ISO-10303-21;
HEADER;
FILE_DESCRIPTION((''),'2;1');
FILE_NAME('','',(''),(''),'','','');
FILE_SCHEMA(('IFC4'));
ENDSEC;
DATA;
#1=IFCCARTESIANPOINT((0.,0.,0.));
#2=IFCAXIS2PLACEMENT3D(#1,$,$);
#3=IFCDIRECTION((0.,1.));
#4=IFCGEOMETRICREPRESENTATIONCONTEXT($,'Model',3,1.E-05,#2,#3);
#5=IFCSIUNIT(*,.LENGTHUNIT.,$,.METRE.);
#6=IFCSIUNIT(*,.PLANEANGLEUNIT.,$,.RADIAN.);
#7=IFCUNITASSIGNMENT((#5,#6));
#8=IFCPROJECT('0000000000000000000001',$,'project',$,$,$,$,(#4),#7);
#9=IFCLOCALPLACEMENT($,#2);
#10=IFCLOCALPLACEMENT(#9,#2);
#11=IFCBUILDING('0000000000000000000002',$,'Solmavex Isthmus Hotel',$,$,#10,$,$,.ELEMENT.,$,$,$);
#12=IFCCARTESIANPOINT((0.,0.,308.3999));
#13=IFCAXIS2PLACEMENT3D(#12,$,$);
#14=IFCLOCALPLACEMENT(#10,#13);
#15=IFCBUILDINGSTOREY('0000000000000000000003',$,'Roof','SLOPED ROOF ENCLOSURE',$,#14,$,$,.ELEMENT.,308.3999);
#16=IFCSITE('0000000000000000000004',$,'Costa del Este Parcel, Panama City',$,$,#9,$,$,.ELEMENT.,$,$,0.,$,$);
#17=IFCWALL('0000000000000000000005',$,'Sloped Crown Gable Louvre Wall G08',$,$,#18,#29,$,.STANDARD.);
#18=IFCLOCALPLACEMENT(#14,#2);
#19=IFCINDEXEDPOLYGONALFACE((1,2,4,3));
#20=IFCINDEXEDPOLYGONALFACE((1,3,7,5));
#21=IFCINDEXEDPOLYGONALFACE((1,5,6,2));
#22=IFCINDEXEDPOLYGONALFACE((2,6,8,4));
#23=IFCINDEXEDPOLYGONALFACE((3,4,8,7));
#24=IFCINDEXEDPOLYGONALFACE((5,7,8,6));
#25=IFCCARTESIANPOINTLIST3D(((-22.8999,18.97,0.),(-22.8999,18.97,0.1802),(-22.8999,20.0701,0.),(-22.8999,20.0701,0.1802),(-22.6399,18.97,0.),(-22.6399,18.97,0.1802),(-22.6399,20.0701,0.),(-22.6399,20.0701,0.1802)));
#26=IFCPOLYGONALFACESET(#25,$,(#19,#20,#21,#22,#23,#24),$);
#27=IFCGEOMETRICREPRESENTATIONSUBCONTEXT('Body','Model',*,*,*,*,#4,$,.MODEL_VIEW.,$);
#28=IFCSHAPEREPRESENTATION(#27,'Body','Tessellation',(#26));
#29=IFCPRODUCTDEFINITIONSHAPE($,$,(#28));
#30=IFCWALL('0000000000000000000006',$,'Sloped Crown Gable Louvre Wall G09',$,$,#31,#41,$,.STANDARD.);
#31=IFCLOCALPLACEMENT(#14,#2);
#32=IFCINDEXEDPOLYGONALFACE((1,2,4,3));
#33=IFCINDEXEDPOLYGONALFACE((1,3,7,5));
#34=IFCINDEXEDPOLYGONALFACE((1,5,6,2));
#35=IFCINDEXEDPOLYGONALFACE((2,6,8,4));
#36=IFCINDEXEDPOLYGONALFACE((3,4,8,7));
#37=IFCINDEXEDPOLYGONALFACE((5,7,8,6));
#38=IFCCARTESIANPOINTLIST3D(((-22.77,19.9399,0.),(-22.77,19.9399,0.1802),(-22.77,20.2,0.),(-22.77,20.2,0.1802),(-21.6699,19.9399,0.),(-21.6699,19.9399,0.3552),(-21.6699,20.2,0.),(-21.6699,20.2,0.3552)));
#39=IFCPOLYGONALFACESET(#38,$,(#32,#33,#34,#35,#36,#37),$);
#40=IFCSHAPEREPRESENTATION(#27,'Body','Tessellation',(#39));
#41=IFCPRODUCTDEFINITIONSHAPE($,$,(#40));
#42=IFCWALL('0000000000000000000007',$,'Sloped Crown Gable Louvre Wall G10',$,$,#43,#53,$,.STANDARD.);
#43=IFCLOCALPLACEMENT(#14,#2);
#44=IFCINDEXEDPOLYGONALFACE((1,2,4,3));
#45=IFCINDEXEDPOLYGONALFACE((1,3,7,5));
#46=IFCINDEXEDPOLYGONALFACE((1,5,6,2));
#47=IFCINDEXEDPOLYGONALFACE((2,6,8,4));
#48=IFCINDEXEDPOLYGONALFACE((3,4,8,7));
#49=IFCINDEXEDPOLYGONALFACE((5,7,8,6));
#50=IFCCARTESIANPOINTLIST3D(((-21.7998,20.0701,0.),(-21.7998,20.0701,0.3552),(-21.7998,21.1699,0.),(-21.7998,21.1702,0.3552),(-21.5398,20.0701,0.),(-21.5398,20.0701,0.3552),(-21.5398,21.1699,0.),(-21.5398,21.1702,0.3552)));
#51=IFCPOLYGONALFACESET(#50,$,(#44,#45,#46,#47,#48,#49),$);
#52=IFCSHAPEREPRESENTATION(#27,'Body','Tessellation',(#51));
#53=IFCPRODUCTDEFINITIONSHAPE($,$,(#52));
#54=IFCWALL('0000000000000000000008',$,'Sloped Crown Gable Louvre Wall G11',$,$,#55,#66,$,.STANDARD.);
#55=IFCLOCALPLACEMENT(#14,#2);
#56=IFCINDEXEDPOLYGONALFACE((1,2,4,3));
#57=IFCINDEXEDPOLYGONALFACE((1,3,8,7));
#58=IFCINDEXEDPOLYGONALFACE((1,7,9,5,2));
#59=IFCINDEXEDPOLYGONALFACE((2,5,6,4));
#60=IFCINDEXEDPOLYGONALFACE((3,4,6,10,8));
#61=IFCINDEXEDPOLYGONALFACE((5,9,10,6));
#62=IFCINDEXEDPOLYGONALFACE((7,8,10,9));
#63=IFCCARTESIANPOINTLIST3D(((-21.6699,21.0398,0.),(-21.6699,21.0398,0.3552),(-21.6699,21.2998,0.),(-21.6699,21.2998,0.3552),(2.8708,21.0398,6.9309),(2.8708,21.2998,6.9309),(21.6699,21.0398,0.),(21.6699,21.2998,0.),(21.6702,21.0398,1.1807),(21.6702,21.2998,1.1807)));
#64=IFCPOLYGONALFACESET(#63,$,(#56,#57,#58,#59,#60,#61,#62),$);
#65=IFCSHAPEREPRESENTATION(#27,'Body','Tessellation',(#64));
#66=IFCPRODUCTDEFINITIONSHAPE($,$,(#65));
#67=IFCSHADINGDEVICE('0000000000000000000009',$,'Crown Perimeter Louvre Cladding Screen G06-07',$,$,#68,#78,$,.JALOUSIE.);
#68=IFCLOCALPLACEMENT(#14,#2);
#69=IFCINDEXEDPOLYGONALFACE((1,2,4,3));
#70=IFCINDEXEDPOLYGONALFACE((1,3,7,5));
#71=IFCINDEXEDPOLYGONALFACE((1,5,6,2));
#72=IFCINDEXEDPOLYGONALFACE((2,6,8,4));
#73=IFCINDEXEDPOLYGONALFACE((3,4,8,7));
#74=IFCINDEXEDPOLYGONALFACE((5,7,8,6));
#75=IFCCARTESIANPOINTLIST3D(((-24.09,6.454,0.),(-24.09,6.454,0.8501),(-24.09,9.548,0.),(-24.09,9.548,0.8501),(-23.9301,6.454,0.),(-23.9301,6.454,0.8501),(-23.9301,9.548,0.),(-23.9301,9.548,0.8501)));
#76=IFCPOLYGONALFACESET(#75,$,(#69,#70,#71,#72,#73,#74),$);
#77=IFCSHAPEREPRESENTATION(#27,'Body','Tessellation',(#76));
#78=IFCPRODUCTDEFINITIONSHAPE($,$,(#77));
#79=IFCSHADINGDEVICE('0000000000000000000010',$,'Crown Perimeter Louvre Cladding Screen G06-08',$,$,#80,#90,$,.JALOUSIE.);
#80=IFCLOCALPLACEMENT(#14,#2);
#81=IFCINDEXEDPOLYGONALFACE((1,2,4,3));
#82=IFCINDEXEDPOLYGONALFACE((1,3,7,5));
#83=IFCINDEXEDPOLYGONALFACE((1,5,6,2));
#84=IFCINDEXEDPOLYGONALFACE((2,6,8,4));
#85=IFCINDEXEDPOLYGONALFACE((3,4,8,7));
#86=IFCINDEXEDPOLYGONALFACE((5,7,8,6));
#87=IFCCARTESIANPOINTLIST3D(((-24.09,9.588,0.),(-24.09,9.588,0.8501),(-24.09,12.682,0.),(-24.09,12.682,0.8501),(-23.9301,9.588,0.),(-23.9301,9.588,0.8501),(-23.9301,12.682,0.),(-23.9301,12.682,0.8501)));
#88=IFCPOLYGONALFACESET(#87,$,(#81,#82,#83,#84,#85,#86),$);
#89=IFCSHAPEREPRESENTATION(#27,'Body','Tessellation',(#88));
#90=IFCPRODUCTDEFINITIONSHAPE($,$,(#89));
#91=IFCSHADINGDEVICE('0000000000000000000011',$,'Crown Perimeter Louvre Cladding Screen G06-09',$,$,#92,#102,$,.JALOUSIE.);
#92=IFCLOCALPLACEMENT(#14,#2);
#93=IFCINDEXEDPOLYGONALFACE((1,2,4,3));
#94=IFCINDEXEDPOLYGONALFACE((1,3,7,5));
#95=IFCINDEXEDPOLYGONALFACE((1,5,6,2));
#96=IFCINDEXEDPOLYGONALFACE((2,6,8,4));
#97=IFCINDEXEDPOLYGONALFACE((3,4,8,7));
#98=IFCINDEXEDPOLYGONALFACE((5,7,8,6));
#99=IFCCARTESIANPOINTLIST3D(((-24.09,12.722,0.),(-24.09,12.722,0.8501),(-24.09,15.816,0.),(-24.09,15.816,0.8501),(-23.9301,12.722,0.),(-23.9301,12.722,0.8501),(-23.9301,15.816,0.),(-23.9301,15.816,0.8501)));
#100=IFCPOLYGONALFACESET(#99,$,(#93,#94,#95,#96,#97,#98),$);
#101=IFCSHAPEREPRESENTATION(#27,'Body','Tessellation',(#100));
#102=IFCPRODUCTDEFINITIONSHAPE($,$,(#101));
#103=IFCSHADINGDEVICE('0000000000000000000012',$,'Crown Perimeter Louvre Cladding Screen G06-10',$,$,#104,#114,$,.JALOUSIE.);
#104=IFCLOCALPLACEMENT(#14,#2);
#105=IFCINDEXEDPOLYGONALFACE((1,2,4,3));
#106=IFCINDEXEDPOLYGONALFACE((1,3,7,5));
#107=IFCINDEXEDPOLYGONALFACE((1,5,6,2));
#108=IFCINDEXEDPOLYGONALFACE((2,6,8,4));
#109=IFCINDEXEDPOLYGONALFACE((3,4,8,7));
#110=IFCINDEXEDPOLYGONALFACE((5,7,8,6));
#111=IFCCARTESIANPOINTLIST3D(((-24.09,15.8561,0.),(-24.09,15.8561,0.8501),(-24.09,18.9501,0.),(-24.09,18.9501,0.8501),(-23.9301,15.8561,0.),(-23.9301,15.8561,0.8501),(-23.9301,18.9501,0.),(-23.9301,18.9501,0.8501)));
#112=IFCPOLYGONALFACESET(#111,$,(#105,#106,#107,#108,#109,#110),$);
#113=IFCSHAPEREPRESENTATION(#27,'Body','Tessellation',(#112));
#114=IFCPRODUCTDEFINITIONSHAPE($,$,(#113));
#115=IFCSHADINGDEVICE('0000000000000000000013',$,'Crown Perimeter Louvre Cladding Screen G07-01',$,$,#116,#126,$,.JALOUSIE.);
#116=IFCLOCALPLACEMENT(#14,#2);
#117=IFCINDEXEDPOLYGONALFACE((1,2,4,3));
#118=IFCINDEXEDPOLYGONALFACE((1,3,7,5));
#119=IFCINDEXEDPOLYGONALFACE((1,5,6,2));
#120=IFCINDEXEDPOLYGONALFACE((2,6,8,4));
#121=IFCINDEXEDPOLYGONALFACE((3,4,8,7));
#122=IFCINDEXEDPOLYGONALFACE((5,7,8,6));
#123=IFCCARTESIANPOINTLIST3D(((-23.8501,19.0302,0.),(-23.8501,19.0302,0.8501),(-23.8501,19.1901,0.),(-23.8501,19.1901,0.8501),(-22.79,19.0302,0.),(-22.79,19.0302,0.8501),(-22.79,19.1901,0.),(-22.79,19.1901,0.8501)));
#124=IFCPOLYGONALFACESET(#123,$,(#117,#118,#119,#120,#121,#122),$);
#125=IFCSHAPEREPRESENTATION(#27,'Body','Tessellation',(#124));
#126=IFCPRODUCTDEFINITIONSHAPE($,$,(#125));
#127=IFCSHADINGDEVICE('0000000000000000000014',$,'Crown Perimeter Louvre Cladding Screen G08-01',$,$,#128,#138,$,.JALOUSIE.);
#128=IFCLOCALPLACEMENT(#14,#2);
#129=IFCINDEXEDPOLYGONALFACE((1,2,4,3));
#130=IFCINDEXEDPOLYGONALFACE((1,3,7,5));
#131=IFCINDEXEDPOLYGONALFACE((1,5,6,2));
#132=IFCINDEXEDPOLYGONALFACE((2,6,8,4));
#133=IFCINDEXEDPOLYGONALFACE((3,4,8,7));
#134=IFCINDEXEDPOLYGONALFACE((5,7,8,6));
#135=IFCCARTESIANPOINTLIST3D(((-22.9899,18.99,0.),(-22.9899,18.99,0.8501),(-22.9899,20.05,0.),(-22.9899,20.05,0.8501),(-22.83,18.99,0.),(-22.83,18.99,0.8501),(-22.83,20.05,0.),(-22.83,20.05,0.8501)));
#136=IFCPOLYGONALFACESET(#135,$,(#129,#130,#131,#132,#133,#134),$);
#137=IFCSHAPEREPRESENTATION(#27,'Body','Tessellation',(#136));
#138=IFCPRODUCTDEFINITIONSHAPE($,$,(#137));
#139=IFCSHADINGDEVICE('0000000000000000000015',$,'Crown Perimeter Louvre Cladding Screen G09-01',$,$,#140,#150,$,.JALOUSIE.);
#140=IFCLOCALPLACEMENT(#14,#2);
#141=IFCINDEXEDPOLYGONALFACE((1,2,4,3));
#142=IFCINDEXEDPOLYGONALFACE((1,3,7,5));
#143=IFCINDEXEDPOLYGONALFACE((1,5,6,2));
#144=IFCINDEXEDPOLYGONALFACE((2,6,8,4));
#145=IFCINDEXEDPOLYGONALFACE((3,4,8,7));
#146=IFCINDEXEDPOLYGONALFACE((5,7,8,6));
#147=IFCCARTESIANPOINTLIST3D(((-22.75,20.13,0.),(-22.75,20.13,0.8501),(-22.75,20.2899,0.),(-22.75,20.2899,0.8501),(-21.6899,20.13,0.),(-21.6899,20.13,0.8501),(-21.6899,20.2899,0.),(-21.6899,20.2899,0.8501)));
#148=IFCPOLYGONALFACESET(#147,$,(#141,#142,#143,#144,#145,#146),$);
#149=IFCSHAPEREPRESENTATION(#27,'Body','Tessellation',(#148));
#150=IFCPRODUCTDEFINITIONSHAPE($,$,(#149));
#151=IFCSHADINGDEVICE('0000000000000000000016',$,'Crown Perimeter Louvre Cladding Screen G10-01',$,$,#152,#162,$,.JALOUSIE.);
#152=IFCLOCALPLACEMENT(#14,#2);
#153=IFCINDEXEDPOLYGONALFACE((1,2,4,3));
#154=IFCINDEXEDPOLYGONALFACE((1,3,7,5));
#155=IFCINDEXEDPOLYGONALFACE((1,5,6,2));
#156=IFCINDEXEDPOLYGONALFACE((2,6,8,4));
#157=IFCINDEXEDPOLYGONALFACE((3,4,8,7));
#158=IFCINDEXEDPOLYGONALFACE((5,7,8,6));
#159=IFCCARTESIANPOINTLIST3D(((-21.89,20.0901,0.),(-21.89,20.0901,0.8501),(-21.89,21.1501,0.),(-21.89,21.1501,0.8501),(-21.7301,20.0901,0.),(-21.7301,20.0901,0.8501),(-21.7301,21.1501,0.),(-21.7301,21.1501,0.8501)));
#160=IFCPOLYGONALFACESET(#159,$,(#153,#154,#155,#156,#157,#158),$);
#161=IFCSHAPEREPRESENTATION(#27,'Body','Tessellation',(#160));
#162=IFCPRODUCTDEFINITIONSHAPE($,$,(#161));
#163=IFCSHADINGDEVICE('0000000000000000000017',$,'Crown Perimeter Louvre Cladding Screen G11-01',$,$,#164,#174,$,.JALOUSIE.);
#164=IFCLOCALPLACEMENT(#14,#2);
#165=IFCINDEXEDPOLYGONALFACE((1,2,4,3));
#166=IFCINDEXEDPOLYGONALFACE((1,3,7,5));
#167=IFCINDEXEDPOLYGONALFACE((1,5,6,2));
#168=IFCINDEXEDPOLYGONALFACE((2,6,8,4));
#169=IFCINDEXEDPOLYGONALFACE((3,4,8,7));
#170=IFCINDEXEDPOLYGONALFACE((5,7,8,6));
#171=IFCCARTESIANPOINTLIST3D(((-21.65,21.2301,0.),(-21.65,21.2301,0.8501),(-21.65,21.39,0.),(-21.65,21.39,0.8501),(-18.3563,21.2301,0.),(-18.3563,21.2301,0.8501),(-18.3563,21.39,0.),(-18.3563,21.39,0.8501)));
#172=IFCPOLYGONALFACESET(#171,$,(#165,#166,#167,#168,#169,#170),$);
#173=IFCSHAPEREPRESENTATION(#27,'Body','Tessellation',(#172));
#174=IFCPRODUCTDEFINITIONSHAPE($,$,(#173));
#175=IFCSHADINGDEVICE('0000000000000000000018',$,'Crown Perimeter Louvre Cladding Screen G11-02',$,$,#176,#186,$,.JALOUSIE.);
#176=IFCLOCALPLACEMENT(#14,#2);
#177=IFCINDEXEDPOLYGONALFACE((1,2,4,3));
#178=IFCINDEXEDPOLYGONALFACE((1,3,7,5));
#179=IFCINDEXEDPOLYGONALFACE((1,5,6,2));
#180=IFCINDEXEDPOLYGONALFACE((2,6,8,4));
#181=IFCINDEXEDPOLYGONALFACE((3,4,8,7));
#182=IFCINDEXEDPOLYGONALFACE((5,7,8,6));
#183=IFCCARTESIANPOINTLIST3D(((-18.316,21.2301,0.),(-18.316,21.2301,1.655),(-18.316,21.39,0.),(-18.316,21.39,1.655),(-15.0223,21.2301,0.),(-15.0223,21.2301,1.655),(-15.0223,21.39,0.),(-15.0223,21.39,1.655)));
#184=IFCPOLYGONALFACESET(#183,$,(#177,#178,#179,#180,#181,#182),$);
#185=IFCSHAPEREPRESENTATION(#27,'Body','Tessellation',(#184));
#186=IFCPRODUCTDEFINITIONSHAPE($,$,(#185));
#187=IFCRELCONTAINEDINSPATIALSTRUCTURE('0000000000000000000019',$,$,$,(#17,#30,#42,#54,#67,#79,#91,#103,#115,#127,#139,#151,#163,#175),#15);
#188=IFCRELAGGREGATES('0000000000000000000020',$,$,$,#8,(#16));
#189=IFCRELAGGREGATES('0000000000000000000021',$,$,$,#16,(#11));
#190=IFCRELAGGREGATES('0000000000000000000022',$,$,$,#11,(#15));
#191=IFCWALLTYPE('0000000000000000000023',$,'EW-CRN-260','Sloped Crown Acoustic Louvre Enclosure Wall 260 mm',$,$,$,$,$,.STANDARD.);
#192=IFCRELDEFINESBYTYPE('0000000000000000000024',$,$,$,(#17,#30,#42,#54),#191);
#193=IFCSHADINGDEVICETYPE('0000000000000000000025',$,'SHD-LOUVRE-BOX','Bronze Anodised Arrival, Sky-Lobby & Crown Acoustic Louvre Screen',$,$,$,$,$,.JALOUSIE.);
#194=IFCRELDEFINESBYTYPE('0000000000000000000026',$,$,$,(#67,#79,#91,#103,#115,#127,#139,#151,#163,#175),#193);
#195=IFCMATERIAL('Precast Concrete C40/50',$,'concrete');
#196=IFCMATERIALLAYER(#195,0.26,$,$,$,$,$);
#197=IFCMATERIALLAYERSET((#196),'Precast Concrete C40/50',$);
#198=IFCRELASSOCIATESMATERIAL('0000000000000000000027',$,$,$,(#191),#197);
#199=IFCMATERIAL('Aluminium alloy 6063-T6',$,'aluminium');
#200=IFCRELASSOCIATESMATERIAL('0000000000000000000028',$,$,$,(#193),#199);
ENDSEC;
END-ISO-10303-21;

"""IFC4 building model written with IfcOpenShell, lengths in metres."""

from ifc_helpers import new_model, si_unit, direction, frame, origin, origin_2d, place, context, subcontext, project, spatial, polyline, rectangle, outline, extrude, material, layer, layer_set, type_object, element, save


model = new_model("IFC4")

# Units and contexts
model_context = context("Model", 3, precision=1e-05, world=origin(), true_north=direction((0.0, 1.0)))
body_context = subcontext(model_context, "Body", "Model", "MODEL_VIEW")
ifc_project = project(units=[si_unit("LENGTHUNIT", "METRE"), si_unit("PLANEANGLEUNIT", "RADIAN")], contexts=[model_context])

# Site, building, storey
site_placement = place(None, origin())
site = spatial("IfcSite", under=ifc_project, at=site_placement, Name="Costa del Este Parcel, Panama City", CompositionType="ELEMENT", RefElevation=0.0)
building_placement = place(site_placement, origin())
building = spatial("IfcBuilding", under=site, at=building_placement, Name="Solmavex Isthmus Hotel", CompositionType="ELEMENT")
storey_placement = place(building_placement, frame((0.0, 0.0, 308.3999)))
storey = spatial("IfcBuildingStorey", under=building, at=storey_placement, Name="Roof", Description="SLOPED ROOF ENCLOSURE", CompositionType="ELEMENT", Elevation=308.3999)

# Walls
ifc_material_1 = material(Name="Precast Concrete C40/50", Category="concrete")
ifc_layer_1 = layer(ifc_material_1, 0.26)
ifc_layer_set_1 = layer_set([ifc_layer_1], Name="Precast Concrete C40/50")
wall_type = type_object("IfcWallType", Name="EW-CRN-260", Description="Sloped Crown Acoustic Louvre Enclosure Wall 260 mm", PredefinedType="STANDARD", material=ifc_layer_set_1)
for number, where, z_axis, x_axis, name in (
    (1, (-22.77, 18.97, 0.0), (0.0, 0.0, 1.0), (0.0, 1.0, 0.0), "Sloped Crown Gable Louvre Wall G08"),
):
    element("IfcWall", number, at=place(storey_placement, frame(where, z_axis=z_axis, x_axis=x_axis)), inside=storey, type_object=wall_type, Name=name, PredefinedType="STANDARD", context=body_context, shape_type="SweptSolid", body=[
        extrude(outline(polyline([(0.0, 0.0), (1.1001, 0.0), (1.1001, 0.1802), (0.0, 0.1802), (0.0, 0.0)])), frame((0.0, 0.1299, 0.0), z_axis=(0.0, -1.0, 0.0), x_axis=(1.0, 0.0, 0.0)), (0.0, 0.0, 1.0), 0.26),
    ])
wall_1_placement = place(storey_placement, frame((-22.77, 20.0701, 0.0), z_axis=(0.0, 0.0, 1.0), x_axis=(1.0, 0.0, 0.0)))
element("IfcWall", 2, at=wall_1_placement, inside=storey, type_object=wall_type, Name="Sloped Crown Gable Louvre Wall G09", PredefinedType="STANDARD", context=body_context, shape_type="SweptSolid", body=[
    extrude(outline(polyline([(0.0, 0.0), (1.1001, 0.0), (1.1001, 0.3552), (0.0, 0.1802), (0.0, 0.0)])), frame((0.0, 0.1299, 0.0), z_axis=(0.0, -1.0, 0.0), x_axis=(1.0, 0.0, 0.0)), (0.0, 0.0, 1.0), 0.26),
])
wall_2_placement = place(storey_placement, frame((-21.6699, 20.0701, 0.0), z_axis=(0.0, 0.0, 1.0), x_axis=(0.0, 1.0, 0.0)))
element("IfcWall", 3, at=wall_2_placement, inside=storey, type_object=wall_type, Name="Sloped Crown Gable Louvre Wall G10", PredefinedType="STANDARD", context=body_context, shape_type="SweptSolid", body=[
    extrude(outline(polyline([(0.0, 0.0), (1.0999, 0.0), (1.1001, 0.3552), (0.0, 0.3552), (0.0, 0.0)])), frame((0.0, 0.1299, 0.0), z_axis=(0.0, -1.0, 0.0), x_axis=(1.0, 0.0, 0.0)), (0.0, 0.0, 1.0), 0.26),
])
wall_3_placement = place(storey_placement, frame((-21.6699, 21.1699, 0.0), z_axis=(0.0, 0.0, 1.0), x_axis=(1.0, 0.0, 0.0)))
element("IfcWall", 4, at=wall_3_placement, inside=storey, type_object=wall_type, Name="Sloped Crown Gable Louvre Wall G11", PredefinedType="STANDARD", context=body_context, shape_type="SweptSolid", body=[
    extrude(outline(polyline([(0.0, 0.0), (43.3398, 0.0), (43.3401, 1.1807), (24.5408, 6.9309), (0.0, 0.3552), (0.0, 0.0)])), frame((0.0, 0.1299, 0.0), z_axis=(0.0, -1.0, 0.0), x_axis=(1.0, 0.0, 0.0)), (0.0, 0.0, 1.0), 0.26),
])

# Shading devices
ifc_material_2 = material(Name="Aluminium alloy 6063-T6", Category="aluminium")
shading_device_type = type_object("IfcShadingDeviceType", Name="SHD-LOUVRE-BOX", Description="Bronze Anodised Arrival, Sky-Lobby & Crown Acoustic Louvre Screen", PredefinedType="JALOUSIE", material=ifc_material_2)
for number, where, z_axis, x_axis, name in (
    (5, (-24.01, 8.001, 0.0), (0.0, 0.0, 1.0), (0.0, 1.0, 0.0), "Crown Perimeter Louvre Cladding Screen G06-07"),
    (6, (-24.01, 11.135, 0.0), (0.0, 0.0, 1.0), (0.0, 1.0, 0.0), "Crown Perimeter Louvre Cladding Screen G06-08"),
    (7, (-24.01, 14.269, 0.0), (0.0, 0.0, 1.0), (0.0, 1.0, 0.0), "Crown Perimeter Louvre Cladding Screen G06-09"),
    (8, (-24.01, 17.4031, 0.0), (0.0, 0.0, 1.0), (0.0, 1.0, 0.0), "Crown Perimeter Louvre Cladding Screen G06-10"),
):
    element("IfcShadingDevice", number, at=place(storey_placement, frame(where, z_axis=z_axis, x_axis=x_axis)), inside=storey, type_object=shading_device_type, Name=name, PredefinedType="JALOUSIE", context=body_context, shape_type="SweptSolid", body=[
        extrude(rectangle(XDim=3.094, YDim=0.1599, at=origin_2d()), origin(), (0.0, 0.0, 1.0), 0.8501),
    ])
for number, where, z_axis, x_axis, name in (
    (9, (-23.3201, 19.1101, 0.0), (0.0, 0.0, 1.0), (1.0, 0.0, 0.0), "Crown Perimeter Louvre Cladding Screen G07-01"),
    (10, (-22.9099, 19.52, 0.0), (0.0, 0.0, 1.0), (0.0, 1.0, 0.0), "Crown Perimeter Louvre Cladding Screen G08-01"),
    (11, (-22.22, 20.21, 0.0), (0.0, 0.0, 1.0), (1.0, 0.0, 0.0), "Crown Perimeter Louvre Cladding Screen G09-01"),
    (12, (-21.8101, 20.6201, 0.0), (0.0, 0.0, 1.0), (0.0, 1.0, 0.0), "Crown Perimeter Louvre Cladding Screen G10-01"),
):
    element("IfcShadingDevice", number, at=place(storey_placement, frame(where, z_axis=z_axis, x_axis=x_axis)), inside=storey, type_object=shading_device_type, Name=name, PredefinedType="JALOUSIE", context=body_context, shape_type="SweptSolid", body=[
        extrude(rectangle(XDim=1.0601, YDim=0.1599, at=origin_2d()), origin(), (0.0, 0.0, 1.0), 0.8501),
    ])
shading_device_1_placement = place(storey_placement, frame((-20.0032, 21.3101, 0.0), z_axis=(0.0, 0.0, 1.0), x_axis=(1.0, 0.0, 0.0)))
element("IfcShadingDevice", 13, at=shading_device_1_placement, inside=storey, type_object=shading_device_type, Name="Crown Perimeter Louvre Cladding Screen G11-01", PredefinedType="JALOUSIE", context=body_context, shape_type="SweptSolid", body=[
    extrude(rectangle(XDim=3.2937, YDim=0.1599, at=origin_2d()), origin(), (0.0, 0.0, 1.0), 0.8501),
])
shading_device_2_placement = place(storey_placement, frame((-16.6692, 21.3101, 0.0), z_axis=(0.0, 0.0, 1.0), x_axis=(1.0, 0.0, 0.0)))
element("IfcShadingDevice", 14, at=shading_device_2_placement, inside=storey, type_object=shading_device_type, Name="Crown Perimeter Louvre Cladding Screen G11-02", PredefinedType="JALOUSIE", context=body_context, shape_type="SweptSolid", body=[
    extrude(rectangle(XDim=3.2937, YDim=0.1599, at=origin_2d()), origin(), (0.0, 0.0, 1.0), 1.655),
])

save(model, "model.ifc")
